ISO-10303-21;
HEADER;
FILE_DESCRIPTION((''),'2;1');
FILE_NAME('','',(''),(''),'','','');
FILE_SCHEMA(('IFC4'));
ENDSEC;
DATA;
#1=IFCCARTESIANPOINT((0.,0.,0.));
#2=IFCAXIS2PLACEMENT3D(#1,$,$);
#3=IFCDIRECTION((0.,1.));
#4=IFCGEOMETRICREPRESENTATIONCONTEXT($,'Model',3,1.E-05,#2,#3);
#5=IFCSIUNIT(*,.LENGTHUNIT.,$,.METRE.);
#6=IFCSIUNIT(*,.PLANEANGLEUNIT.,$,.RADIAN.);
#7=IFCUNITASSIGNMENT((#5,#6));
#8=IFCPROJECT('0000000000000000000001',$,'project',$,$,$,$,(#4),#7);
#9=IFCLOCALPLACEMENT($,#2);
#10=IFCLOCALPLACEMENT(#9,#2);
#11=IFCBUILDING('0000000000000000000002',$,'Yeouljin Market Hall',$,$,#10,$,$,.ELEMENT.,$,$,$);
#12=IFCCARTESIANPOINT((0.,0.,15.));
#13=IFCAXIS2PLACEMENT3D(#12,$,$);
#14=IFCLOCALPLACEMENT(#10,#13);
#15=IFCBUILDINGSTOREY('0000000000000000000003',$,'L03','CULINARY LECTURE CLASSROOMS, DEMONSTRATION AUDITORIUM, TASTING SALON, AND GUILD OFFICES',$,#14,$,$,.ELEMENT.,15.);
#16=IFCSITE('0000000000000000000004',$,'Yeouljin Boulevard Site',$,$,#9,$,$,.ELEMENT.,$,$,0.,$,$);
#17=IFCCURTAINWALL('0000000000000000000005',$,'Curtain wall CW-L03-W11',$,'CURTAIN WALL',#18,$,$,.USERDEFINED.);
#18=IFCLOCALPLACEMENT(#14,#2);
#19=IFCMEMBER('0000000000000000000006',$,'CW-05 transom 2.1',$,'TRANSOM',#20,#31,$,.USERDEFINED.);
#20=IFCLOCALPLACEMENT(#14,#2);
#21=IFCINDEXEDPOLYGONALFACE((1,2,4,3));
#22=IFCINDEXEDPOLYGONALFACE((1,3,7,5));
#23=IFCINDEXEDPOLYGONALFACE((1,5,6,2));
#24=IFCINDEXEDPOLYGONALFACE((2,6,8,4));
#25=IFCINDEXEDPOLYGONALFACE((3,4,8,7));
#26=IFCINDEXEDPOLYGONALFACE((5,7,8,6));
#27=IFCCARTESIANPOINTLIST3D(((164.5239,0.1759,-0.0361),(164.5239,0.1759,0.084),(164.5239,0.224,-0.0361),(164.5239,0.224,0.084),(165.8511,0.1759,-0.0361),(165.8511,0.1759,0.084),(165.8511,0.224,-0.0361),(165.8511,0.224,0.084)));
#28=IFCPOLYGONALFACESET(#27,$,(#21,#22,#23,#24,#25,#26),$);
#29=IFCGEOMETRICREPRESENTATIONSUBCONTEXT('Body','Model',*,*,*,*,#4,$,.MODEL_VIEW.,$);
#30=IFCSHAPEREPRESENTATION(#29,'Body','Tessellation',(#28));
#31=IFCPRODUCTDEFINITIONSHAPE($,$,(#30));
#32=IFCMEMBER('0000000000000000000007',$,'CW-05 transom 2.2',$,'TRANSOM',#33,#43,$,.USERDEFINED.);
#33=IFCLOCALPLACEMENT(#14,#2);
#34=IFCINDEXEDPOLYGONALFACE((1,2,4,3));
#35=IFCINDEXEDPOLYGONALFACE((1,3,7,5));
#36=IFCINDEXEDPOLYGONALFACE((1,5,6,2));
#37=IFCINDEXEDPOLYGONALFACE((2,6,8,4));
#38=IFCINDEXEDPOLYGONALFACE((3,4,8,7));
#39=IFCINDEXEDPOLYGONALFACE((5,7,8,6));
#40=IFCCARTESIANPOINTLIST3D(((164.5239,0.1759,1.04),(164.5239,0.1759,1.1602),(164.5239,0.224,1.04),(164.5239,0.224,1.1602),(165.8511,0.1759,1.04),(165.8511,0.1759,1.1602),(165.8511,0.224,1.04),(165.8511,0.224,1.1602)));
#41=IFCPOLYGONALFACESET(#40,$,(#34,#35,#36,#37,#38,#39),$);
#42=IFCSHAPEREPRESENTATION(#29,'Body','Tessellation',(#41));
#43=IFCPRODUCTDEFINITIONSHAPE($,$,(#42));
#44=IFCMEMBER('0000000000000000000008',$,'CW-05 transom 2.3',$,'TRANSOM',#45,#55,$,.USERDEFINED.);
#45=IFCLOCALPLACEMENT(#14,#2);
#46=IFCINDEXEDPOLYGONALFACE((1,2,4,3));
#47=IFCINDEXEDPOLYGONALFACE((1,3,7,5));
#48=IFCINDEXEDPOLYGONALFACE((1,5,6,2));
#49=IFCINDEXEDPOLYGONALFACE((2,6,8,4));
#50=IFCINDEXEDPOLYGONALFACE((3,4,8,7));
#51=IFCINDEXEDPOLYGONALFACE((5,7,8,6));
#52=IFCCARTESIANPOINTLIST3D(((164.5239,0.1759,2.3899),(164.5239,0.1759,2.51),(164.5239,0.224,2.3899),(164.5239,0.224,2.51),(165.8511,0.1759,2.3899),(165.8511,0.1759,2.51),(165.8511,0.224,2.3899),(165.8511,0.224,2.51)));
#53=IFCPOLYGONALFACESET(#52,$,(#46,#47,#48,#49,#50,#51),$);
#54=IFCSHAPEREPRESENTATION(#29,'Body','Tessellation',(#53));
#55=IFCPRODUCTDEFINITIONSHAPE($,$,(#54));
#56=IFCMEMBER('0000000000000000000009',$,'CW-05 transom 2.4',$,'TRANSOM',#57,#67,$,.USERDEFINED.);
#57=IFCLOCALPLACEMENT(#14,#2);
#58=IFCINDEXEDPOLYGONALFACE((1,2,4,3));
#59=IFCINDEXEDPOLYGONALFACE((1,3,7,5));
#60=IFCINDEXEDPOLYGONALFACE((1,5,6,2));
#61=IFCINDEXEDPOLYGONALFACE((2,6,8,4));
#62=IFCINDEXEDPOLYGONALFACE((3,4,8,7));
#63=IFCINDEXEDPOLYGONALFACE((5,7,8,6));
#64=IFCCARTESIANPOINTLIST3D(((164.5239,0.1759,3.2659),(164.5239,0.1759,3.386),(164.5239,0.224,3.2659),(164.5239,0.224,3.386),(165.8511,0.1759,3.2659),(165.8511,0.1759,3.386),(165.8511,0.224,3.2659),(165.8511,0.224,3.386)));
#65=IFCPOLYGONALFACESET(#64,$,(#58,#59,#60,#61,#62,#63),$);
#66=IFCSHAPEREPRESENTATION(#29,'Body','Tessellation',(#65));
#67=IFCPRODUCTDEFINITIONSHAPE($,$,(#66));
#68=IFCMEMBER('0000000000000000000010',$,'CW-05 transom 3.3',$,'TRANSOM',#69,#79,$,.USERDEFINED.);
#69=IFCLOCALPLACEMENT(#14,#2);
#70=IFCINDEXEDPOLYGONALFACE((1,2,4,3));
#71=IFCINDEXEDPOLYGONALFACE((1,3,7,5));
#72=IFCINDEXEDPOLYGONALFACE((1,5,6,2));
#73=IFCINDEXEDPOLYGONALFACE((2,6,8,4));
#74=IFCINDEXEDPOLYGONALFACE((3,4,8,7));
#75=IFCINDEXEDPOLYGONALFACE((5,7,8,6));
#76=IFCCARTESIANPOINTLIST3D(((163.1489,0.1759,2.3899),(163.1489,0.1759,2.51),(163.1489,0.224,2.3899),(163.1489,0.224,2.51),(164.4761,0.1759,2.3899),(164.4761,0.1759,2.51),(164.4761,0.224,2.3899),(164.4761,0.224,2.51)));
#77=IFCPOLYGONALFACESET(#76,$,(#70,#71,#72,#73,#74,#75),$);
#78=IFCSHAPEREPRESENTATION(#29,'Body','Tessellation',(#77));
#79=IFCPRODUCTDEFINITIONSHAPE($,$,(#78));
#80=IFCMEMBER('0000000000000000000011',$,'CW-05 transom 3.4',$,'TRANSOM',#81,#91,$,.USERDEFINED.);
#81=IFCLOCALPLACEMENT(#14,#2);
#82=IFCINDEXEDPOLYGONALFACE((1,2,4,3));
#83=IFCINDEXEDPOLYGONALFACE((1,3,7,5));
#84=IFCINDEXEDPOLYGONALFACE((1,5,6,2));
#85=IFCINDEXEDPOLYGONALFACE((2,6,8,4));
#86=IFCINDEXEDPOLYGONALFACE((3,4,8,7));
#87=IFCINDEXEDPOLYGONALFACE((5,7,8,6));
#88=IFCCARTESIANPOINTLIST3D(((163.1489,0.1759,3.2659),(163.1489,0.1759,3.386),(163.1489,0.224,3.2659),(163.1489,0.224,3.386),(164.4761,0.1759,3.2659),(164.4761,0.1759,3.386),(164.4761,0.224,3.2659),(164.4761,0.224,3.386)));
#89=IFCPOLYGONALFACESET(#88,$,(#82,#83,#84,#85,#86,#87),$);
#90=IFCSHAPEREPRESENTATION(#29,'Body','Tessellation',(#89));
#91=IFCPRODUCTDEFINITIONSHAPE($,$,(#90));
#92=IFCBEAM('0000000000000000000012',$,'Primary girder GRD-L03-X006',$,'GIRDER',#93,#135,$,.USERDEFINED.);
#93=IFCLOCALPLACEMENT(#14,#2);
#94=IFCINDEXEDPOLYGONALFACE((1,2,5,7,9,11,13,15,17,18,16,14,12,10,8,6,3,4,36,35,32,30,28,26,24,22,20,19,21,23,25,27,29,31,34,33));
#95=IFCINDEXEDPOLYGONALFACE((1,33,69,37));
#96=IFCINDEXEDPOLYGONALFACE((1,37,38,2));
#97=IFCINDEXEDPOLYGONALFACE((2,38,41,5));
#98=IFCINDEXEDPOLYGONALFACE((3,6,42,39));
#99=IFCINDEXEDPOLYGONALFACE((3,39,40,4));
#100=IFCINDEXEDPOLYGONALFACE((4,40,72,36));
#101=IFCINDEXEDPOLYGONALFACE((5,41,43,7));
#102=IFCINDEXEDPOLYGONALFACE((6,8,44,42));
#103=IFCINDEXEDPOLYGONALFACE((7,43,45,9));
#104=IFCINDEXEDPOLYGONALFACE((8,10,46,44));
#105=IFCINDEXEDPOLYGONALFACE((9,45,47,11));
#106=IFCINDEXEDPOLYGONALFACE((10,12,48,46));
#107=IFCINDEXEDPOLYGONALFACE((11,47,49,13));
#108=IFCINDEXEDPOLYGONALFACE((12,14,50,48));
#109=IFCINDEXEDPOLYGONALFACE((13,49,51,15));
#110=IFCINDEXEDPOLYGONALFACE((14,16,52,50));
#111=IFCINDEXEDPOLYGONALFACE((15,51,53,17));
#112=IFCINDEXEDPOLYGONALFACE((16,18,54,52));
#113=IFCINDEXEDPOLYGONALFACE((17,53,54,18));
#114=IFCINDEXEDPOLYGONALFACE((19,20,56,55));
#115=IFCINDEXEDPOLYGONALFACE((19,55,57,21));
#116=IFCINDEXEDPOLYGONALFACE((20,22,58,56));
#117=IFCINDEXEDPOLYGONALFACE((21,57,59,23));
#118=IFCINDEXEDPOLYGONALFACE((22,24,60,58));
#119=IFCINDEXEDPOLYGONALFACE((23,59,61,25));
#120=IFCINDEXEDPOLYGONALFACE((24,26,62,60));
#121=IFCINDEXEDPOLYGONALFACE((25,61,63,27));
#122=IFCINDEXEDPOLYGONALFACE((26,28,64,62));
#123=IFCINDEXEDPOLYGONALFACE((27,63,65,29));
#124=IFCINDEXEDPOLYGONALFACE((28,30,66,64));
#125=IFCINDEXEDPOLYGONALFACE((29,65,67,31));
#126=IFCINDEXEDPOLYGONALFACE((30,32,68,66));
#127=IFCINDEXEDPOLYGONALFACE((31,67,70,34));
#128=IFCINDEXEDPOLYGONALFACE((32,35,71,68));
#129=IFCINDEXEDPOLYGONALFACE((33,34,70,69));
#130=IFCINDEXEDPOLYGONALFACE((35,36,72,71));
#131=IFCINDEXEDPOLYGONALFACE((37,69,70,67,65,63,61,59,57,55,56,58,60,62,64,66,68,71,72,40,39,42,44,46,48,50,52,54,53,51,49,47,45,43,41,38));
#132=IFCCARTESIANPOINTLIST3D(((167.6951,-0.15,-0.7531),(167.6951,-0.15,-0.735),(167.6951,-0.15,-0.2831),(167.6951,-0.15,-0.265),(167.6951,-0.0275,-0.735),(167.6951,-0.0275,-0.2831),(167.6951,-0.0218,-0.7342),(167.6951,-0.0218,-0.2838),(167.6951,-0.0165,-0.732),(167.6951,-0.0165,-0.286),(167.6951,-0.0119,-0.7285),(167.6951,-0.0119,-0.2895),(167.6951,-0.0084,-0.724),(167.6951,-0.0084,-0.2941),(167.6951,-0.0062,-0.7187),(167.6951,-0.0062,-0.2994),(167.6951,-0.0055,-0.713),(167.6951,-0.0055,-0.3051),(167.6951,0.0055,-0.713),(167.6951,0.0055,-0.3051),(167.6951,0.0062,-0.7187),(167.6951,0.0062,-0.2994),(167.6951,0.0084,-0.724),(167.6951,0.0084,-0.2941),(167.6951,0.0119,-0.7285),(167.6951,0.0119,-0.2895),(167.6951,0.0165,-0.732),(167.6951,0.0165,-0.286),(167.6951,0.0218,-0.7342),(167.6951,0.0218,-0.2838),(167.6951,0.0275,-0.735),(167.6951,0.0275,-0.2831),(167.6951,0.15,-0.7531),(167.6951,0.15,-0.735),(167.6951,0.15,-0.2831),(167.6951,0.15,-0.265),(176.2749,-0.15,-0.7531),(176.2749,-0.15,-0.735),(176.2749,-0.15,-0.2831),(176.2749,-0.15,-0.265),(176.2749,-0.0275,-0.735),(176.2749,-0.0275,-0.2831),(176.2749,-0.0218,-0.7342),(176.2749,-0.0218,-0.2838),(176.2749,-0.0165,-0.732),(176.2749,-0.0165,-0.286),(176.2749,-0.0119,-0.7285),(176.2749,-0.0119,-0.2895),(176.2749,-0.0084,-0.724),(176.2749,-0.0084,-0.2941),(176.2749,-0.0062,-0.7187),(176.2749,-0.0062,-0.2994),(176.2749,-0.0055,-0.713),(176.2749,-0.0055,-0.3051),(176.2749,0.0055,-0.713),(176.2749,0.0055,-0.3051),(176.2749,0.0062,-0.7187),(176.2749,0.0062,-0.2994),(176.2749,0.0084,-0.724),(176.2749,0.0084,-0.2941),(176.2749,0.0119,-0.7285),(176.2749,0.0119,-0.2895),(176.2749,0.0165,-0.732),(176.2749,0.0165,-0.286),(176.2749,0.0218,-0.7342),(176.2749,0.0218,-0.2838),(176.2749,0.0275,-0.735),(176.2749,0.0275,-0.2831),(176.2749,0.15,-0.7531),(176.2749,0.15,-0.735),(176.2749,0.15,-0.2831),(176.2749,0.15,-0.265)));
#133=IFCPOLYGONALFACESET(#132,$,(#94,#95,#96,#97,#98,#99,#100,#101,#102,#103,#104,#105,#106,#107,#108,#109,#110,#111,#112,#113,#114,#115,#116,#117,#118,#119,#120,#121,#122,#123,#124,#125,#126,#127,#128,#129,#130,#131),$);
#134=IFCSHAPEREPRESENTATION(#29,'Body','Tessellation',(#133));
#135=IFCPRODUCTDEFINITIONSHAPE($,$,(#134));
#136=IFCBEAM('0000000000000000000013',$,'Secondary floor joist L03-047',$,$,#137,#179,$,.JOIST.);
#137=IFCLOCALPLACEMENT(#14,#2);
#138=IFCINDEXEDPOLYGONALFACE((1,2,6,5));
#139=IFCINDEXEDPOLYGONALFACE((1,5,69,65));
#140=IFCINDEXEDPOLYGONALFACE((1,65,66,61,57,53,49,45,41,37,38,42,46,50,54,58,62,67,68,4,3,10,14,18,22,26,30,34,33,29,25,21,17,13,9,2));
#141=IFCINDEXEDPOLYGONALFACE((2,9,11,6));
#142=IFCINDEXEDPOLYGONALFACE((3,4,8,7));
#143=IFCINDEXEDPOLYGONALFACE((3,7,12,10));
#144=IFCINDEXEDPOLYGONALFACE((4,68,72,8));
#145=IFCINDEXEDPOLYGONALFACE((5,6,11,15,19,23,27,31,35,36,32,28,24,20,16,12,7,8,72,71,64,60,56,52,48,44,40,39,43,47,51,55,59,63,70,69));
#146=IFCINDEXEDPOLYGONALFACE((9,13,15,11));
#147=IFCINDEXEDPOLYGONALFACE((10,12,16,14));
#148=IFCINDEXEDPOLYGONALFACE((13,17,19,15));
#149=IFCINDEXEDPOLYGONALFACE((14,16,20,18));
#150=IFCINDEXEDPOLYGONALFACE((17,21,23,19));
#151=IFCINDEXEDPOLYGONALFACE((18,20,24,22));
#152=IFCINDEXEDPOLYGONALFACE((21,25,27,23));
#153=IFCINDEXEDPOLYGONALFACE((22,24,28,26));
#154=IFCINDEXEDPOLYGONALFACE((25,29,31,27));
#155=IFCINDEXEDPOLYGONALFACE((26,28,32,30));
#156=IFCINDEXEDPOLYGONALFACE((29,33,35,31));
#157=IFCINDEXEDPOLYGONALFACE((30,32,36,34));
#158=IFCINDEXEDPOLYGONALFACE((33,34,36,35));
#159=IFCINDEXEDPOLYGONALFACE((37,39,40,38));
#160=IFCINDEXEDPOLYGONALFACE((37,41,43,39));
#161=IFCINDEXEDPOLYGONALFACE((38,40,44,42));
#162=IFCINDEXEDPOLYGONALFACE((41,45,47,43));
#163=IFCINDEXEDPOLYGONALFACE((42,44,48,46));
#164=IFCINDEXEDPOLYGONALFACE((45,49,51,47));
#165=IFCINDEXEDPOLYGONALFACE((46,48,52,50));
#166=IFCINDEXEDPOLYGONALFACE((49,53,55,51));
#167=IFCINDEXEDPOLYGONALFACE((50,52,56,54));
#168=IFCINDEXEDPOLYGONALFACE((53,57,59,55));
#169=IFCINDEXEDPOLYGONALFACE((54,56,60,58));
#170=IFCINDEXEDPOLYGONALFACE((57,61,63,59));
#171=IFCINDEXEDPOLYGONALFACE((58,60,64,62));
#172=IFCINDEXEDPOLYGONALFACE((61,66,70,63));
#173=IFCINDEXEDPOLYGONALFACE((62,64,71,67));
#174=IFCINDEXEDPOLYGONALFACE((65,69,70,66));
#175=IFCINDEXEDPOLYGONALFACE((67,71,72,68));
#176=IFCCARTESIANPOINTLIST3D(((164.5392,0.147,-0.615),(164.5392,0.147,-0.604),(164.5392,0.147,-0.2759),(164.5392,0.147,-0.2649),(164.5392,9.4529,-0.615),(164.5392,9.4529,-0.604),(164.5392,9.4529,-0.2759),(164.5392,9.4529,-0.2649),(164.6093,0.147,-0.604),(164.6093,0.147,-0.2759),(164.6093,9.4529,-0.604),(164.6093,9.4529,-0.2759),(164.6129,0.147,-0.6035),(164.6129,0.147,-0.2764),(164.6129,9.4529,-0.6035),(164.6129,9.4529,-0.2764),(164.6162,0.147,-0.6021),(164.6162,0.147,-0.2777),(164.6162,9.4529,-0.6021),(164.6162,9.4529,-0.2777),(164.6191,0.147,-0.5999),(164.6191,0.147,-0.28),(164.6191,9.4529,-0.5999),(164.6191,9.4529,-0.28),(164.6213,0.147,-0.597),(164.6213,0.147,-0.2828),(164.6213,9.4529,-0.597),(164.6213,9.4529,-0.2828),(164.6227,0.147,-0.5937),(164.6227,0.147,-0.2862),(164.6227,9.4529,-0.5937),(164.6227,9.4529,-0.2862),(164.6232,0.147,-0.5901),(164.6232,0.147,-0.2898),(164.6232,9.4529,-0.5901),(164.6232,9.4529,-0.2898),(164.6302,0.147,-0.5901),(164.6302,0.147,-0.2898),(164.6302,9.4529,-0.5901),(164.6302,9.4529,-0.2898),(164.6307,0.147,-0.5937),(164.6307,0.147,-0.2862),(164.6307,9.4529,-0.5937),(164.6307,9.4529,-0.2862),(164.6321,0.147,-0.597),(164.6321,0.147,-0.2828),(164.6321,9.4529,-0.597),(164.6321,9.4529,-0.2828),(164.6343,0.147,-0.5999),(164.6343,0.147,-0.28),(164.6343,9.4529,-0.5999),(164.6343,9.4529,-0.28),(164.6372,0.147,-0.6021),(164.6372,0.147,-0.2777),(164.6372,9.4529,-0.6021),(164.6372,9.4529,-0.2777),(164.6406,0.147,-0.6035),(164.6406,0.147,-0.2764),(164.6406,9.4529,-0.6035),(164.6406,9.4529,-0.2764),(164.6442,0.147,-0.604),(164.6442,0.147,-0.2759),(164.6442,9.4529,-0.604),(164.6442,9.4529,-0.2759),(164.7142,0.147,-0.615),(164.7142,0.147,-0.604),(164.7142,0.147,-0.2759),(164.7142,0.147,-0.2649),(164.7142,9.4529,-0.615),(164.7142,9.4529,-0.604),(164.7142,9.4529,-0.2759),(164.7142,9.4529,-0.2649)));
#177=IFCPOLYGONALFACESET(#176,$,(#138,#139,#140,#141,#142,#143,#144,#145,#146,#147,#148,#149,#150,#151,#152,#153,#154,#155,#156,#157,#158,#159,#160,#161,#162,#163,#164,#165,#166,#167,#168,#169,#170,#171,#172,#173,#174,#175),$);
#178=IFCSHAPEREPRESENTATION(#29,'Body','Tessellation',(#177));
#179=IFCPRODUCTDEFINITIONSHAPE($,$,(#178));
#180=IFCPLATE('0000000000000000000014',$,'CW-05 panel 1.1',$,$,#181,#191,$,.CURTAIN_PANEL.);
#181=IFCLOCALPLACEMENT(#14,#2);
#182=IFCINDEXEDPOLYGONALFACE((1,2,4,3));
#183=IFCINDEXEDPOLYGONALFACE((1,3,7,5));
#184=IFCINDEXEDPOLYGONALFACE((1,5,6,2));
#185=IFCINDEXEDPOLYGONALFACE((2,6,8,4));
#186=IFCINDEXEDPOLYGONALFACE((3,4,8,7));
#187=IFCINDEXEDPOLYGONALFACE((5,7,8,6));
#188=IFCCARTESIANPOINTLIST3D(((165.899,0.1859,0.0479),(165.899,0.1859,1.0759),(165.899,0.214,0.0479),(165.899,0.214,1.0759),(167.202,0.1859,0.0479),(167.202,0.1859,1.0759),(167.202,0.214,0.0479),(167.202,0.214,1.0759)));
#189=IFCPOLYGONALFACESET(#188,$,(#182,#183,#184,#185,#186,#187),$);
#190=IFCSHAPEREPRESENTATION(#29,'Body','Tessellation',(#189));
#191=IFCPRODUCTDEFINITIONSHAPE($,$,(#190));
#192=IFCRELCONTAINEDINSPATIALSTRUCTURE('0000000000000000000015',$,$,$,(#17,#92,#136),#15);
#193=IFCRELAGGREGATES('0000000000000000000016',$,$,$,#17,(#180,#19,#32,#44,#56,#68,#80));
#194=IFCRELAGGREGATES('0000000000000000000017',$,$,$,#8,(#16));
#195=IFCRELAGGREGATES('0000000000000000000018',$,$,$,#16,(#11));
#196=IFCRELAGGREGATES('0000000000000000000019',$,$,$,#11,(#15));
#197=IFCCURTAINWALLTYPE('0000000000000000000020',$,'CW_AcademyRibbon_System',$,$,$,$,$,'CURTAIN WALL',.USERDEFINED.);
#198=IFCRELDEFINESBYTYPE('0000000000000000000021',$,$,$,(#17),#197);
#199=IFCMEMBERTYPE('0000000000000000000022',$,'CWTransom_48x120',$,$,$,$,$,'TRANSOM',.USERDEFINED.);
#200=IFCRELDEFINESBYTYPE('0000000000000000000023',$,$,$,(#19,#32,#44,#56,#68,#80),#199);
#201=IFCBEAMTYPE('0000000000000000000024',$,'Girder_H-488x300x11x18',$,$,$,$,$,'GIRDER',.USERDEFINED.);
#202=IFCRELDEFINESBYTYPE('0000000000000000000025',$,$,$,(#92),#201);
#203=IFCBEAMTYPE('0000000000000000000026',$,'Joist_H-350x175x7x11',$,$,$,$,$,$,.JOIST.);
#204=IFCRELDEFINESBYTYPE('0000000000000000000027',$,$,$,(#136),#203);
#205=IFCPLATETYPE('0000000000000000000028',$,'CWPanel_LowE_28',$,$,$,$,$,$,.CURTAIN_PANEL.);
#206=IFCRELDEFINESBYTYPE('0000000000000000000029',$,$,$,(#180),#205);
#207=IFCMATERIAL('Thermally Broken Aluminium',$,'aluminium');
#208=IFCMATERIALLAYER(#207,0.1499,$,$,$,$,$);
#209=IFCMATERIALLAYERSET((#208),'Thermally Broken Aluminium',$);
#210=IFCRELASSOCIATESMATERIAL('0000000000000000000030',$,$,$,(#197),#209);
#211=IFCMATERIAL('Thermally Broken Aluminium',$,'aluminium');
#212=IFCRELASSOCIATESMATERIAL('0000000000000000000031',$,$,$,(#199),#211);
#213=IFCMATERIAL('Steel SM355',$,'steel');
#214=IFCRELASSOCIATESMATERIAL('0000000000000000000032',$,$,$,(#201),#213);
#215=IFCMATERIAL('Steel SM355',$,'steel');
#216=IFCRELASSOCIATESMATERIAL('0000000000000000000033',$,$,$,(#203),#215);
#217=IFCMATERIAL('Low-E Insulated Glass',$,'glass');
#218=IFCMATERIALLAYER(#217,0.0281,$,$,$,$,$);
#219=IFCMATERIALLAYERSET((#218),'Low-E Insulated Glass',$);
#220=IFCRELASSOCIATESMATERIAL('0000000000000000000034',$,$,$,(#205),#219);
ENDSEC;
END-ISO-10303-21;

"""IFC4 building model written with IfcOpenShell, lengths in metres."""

from ifc_helpers import new_model, si_unit, direction, frame, origin, origin_2d, place, context, subcontext, project, spatial, rectangle, i_section, extrude, material, layer, layer_set, material_profile, profile_set, type_object, element, aggregate, save


model = new_model("IFC4")

# Units and contexts
model_context = context("Model", 3, precision=1e-05, world=origin(), true_north=direction((0.0, 1.0)))
body_context = subcontext(model_context, "Body", "Model", "MODEL_VIEW")
ifc_project = project(units=[si_unit("LENGTHUNIT", "METRE"), si_unit("PLANEANGLEUNIT", "RADIAN")], contexts=[model_context])

# Site, building, storey
site_placement = place(None, origin())
site = spatial("IfcSite", under=ifc_project, at=site_placement, Name="Yeouljin Boulevard Site", CompositionType="ELEMENT", RefElevation=0.0)
building_placement = place(site_placement, origin())
building = spatial("IfcBuilding", under=site, at=building_placement, Name="Yeouljin Market Hall", CompositionType="ELEMENT")
storey_placement = place(building_placement, frame((0.0, 0.0, 15.0)))
storey = spatial("IfcBuildingStorey", under=building, at=storey_placement, Name="L03", Description="CULINARY LECTURE CLASSROOMS, DEMONSTRATION AUDITORIUM, TASTING SALON, AND GUILD OFFICES", CompositionType="ELEMENT", Elevation=15.0)

# Curtain wall, members
ifc_material_1 = material(Name="Thermally Broken Aluminium", Category="aluminium")
ifc_layer_1 = layer(ifc_material_1, 0.1499)
ifc_layer_set_1 = layer_set([ifc_layer_1], Name="Thermally Broken Aluminium")
curtain_wall_type = type_object("IfcCurtainWallType", Name="CW_AcademyRibbon_System", ElementType="CURTAIN WALL", PredefinedType="USERDEFINED", material=ifc_layer_set_1)
curtain_wall_placement = place(storey_placement, origin())
curtain_wall = element("IfcCurtainWall", 1, at=curtain_wall_placement, inside=storey, type_object=curtain_wall_type, Name="Curtain wall CW-L03-W11", ObjectType="CURTAIN WALL", PredefinedType="USERDEFINED")
ifc_material_2 = material(Name="Thermally Broken Aluminium", Category="aluminium")
ifc_material_profile_1 = material_profile(ifc_material_2, rectangle(XDim=0.0481, YDim=0.1201, at=origin_2d()), Name="CW-TRAN-48x120")
ifc_profile_set_1 = profile_set([ifc_material_profile_1], Name="Thermally Broken Aluminium")
member_type_1 = type_object("IfcMemberType", Name="CWTransom_48x120", ElementType="TRANSOM", PredefinedType="USERDEFINED", material=ifc_profile_set_1)
member_1_placement = place(storey_placement, frame((165.8511, 0.2, 0.0239), z_axis=(-1.0, 0.0, 0.0), x_axis=(0.0, -1.0, 0.0)))
member_1 = element("IfcMember", 2, at=member_1_placement, type_object=member_type_1, Name="CW-05 transom 2.1", ObjectType="TRANSOM", PredefinedType="USERDEFINED", context=body_context, shape_type="SweptSolid", body=[
    extrude(rectangle(XDim=0.0481, YDim=0.1201, at=origin_2d()), origin(), (0.0, 0.0, 1.0), 1.3271),
])
member_2_placement = place(storey_placement, frame((165.8511, 0.2, 1.1001), z_axis=(-1.0, 0.0, 0.0), x_axis=(0.0, -1.0, 0.0)))
member_2 = element("IfcMember", 3, at=member_2_placement, type_object=member_type_1, Name="CW-05 transom 2.2", ObjectType="TRANSOM", PredefinedType="USERDEFINED", context=body_context, shape_type="SweptSolid", body=[
    extrude(rectangle(XDim=0.0481, YDim=0.1201, at=origin_2d()), origin(), (0.0, 0.0, 1.0), 1.3271),
])
member_3_placement = place(storey_placement, frame((165.8511, 0.2, 2.45), z_axis=(-1.0, 0.0, 0.0), x_axis=(0.0, -1.0, 0.0)))
member_3 = element("IfcMember", 4, at=member_3_placement, type_object=member_type_1, Name="CW-05 transom 2.3", ObjectType="TRANSOM", PredefinedType="USERDEFINED", context=body_context, shape_type="SweptSolid", body=[
    extrude(rectangle(XDim=0.0481, YDim=0.1201, at=origin_2d()), origin(), (0.0, 0.0, 1.0), 1.3271),
])
member_4_placement = place(storey_placement, frame((165.8511, 0.2, 3.3259), z_axis=(-1.0, 0.0, 0.0), x_axis=(0.0, -1.0, 0.0)))
member_4 = element("IfcMember", 5, at=member_4_placement, type_object=member_type_1, Name="CW-05 transom 2.4", ObjectType="TRANSOM", PredefinedType="USERDEFINED", context=body_context, shape_type="SweptSolid", body=[
    extrude(rectangle(XDim=0.0481, YDim=0.1201, at=origin_2d()), origin(), (0.0, 0.0, 1.0), 1.3271),
])
member_5_placement = place(storey_placement, frame((164.4761, 0.2, 2.45), z_axis=(-1.0, 0.0, 0.0), x_axis=(0.0, -1.0, 0.0)))
member_5 = element("IfcMember", 6, at=member_5_placement, type_object=member_type_1, Name="CW-05 transom 3.3", ObjectType="TRANSOM", PredefinedType="USERDEFINED", context=body_context, shape_type="SweptSolid", body=[
    extrude(rectangle(XDim=0.0481, YDim=0.1201, at=origin_2d()), origin(), (0.0, 0.0, 1.0), 1.3271),
])
member_6_placement = place(storey_placement, frame((164.4761, 0.2, 3.3259), z_axis=(-1.0, 0.0, 0.0), x_axis=(0.0, -1.0, 0.0)))
member_6 = element("IfcMember", 7, at=member_6_placement, type_object=member_type_1, Name="CW-05 transom 3.4", ObjectType="TRANSOM", PredefinedType="USERDEFINED", context=body_context, shape_type="SweptSolid", body=[
    extrude(rectangle(XDim=0.0481, YDim=0.1201, at=origin_2d()), origin(), (0.0, 0.0, 1.0), 1.3271),
])

# Beams
ifc_material_3 = material(Name="Steel SM355", Category="steel")
ifc_material_profile_2 = material_profile(ifc_material_3, i_section(OverallWidth=0.3, OverallDepth=0.488, WebThickness=0.011, FlangeThickness=0.0181, FilletRadius=0.022, at=origin_2d()), Name="H-488x300x11x18")
ifc_profile_set_2 = profile_set([ifc_material_profile_2], Name="Steel SM355")
beam_type_1 = type_object("IfcBeamType", Name="Girder_H-488x300x11x18", ElementType="GIRDER", PredefinedType="USERDEFINED", material=ifc_profile_set_2)
beam_1_placement = place(storey_placement, frame((167.6951, 0.0, -0.509), z_axis=(1.0, 0.0, 0.0), x_axis=(0.0, 1.0, 0.0)))
element("IfcBeam", 8, at=beam_1_placement, inside=storey, type_object=beam_type_1, Name="Primary girder GRD-L03-X006", ObjectType="GIRDER", PredefinedType="USERDEFINED", context=body_context, shape_type="SweptSolid", body=[
    extrude(i_section(OverallWidth=0.3, OverallDepth=0.488, WebThickness=0.011, FlangeThickness=0.0181, FilletRadius=0.022, at=origin_2d()), origin(), (0.0, 0.0, 1.0), 8.5798),
])
ifc_material_4 = material(Name="Steel SM355", Category="steel")
ifc_material_profile_3 = material_profile(ifc_material_4, i_section(OverallWidth=0.175, OverallDepth=0.3501, WebThickness=0.0071, FlangeThickness=0.011, FilletRadius=0.0139, at=origin_2d()), Name="H-350x175x7x11")
ifc_profile_set_3 = profile_set([ifc_material_profile_3], Name="Steel SM355")
beam_type_2 = type_object("IfcBeamType", Name="Joist_H-350x175x7x11", PredefinedType="JOIST", material=ifc_profile_set_3)
beam_2_placement = place(storey_placement, frame((164.6267, 0.147, -0.4399), z_axis=(0.0, 1.0, 0.0), x_axis=(-1.0, 0.0, 0.0)))
element("IfcBeam", 9, at=beam_2_placement, inside=storey, type_object=beam_type_2, Name="Secondary floor joist L03-047", PredefinedType="JOIST", context=body_context, shape_type="SweptSolid", body=[
    extrude(i_section(OverallWidth=0.175, OverallDepth=0.3501, WebThickness=0.0071, FlangeThickness=0.011, FilletRadius=0.0139, at=origin_2d()), origin(), (0.0, 0.0, 1.0), 9.3059),
])

# Plate
ifc_material_5 = material(Name="Low-E Insulated Glass", Category="glass")
ifc_layer_2 = layer(ifc_material_5, 0.0281)
ifc_layer_set_2 = layer_set([ifc_layer_2], Name="Low-E Insulated Glass")
plate_type = type_object("IfcPlateType", Name="CWPanel_LowE_28", PredefinedType="CURTAIN_PANEL", material=ifc_layer_set_2)
plate_1_placement = place(storey_placement, frame((166.5505, 0.2, 0.0479), z_axis=(0.0, 0.0, 1.0), x_axis=(-1.0, 0.0, 0.0)))
plate_1 = element("IfcPlate", 10, at=plate_1_placement, type_object=plate_type, Name="CW-05 panel 1.1", PredefinedType="CURTAIN_PANEL", context=body_context, shape_type="SweptSolid", body=[
    extrude(rectangle(XDim=1.303, YDim=0.0281, at=origin_2d()), origin(), (0.0, 0.0, 1.0), 1.0281),
])
aggregate(curtain_wall, [plate_1, member_1, member_2, member_3, member_4, member_5, member_6])

save(model, "model.ifc")
